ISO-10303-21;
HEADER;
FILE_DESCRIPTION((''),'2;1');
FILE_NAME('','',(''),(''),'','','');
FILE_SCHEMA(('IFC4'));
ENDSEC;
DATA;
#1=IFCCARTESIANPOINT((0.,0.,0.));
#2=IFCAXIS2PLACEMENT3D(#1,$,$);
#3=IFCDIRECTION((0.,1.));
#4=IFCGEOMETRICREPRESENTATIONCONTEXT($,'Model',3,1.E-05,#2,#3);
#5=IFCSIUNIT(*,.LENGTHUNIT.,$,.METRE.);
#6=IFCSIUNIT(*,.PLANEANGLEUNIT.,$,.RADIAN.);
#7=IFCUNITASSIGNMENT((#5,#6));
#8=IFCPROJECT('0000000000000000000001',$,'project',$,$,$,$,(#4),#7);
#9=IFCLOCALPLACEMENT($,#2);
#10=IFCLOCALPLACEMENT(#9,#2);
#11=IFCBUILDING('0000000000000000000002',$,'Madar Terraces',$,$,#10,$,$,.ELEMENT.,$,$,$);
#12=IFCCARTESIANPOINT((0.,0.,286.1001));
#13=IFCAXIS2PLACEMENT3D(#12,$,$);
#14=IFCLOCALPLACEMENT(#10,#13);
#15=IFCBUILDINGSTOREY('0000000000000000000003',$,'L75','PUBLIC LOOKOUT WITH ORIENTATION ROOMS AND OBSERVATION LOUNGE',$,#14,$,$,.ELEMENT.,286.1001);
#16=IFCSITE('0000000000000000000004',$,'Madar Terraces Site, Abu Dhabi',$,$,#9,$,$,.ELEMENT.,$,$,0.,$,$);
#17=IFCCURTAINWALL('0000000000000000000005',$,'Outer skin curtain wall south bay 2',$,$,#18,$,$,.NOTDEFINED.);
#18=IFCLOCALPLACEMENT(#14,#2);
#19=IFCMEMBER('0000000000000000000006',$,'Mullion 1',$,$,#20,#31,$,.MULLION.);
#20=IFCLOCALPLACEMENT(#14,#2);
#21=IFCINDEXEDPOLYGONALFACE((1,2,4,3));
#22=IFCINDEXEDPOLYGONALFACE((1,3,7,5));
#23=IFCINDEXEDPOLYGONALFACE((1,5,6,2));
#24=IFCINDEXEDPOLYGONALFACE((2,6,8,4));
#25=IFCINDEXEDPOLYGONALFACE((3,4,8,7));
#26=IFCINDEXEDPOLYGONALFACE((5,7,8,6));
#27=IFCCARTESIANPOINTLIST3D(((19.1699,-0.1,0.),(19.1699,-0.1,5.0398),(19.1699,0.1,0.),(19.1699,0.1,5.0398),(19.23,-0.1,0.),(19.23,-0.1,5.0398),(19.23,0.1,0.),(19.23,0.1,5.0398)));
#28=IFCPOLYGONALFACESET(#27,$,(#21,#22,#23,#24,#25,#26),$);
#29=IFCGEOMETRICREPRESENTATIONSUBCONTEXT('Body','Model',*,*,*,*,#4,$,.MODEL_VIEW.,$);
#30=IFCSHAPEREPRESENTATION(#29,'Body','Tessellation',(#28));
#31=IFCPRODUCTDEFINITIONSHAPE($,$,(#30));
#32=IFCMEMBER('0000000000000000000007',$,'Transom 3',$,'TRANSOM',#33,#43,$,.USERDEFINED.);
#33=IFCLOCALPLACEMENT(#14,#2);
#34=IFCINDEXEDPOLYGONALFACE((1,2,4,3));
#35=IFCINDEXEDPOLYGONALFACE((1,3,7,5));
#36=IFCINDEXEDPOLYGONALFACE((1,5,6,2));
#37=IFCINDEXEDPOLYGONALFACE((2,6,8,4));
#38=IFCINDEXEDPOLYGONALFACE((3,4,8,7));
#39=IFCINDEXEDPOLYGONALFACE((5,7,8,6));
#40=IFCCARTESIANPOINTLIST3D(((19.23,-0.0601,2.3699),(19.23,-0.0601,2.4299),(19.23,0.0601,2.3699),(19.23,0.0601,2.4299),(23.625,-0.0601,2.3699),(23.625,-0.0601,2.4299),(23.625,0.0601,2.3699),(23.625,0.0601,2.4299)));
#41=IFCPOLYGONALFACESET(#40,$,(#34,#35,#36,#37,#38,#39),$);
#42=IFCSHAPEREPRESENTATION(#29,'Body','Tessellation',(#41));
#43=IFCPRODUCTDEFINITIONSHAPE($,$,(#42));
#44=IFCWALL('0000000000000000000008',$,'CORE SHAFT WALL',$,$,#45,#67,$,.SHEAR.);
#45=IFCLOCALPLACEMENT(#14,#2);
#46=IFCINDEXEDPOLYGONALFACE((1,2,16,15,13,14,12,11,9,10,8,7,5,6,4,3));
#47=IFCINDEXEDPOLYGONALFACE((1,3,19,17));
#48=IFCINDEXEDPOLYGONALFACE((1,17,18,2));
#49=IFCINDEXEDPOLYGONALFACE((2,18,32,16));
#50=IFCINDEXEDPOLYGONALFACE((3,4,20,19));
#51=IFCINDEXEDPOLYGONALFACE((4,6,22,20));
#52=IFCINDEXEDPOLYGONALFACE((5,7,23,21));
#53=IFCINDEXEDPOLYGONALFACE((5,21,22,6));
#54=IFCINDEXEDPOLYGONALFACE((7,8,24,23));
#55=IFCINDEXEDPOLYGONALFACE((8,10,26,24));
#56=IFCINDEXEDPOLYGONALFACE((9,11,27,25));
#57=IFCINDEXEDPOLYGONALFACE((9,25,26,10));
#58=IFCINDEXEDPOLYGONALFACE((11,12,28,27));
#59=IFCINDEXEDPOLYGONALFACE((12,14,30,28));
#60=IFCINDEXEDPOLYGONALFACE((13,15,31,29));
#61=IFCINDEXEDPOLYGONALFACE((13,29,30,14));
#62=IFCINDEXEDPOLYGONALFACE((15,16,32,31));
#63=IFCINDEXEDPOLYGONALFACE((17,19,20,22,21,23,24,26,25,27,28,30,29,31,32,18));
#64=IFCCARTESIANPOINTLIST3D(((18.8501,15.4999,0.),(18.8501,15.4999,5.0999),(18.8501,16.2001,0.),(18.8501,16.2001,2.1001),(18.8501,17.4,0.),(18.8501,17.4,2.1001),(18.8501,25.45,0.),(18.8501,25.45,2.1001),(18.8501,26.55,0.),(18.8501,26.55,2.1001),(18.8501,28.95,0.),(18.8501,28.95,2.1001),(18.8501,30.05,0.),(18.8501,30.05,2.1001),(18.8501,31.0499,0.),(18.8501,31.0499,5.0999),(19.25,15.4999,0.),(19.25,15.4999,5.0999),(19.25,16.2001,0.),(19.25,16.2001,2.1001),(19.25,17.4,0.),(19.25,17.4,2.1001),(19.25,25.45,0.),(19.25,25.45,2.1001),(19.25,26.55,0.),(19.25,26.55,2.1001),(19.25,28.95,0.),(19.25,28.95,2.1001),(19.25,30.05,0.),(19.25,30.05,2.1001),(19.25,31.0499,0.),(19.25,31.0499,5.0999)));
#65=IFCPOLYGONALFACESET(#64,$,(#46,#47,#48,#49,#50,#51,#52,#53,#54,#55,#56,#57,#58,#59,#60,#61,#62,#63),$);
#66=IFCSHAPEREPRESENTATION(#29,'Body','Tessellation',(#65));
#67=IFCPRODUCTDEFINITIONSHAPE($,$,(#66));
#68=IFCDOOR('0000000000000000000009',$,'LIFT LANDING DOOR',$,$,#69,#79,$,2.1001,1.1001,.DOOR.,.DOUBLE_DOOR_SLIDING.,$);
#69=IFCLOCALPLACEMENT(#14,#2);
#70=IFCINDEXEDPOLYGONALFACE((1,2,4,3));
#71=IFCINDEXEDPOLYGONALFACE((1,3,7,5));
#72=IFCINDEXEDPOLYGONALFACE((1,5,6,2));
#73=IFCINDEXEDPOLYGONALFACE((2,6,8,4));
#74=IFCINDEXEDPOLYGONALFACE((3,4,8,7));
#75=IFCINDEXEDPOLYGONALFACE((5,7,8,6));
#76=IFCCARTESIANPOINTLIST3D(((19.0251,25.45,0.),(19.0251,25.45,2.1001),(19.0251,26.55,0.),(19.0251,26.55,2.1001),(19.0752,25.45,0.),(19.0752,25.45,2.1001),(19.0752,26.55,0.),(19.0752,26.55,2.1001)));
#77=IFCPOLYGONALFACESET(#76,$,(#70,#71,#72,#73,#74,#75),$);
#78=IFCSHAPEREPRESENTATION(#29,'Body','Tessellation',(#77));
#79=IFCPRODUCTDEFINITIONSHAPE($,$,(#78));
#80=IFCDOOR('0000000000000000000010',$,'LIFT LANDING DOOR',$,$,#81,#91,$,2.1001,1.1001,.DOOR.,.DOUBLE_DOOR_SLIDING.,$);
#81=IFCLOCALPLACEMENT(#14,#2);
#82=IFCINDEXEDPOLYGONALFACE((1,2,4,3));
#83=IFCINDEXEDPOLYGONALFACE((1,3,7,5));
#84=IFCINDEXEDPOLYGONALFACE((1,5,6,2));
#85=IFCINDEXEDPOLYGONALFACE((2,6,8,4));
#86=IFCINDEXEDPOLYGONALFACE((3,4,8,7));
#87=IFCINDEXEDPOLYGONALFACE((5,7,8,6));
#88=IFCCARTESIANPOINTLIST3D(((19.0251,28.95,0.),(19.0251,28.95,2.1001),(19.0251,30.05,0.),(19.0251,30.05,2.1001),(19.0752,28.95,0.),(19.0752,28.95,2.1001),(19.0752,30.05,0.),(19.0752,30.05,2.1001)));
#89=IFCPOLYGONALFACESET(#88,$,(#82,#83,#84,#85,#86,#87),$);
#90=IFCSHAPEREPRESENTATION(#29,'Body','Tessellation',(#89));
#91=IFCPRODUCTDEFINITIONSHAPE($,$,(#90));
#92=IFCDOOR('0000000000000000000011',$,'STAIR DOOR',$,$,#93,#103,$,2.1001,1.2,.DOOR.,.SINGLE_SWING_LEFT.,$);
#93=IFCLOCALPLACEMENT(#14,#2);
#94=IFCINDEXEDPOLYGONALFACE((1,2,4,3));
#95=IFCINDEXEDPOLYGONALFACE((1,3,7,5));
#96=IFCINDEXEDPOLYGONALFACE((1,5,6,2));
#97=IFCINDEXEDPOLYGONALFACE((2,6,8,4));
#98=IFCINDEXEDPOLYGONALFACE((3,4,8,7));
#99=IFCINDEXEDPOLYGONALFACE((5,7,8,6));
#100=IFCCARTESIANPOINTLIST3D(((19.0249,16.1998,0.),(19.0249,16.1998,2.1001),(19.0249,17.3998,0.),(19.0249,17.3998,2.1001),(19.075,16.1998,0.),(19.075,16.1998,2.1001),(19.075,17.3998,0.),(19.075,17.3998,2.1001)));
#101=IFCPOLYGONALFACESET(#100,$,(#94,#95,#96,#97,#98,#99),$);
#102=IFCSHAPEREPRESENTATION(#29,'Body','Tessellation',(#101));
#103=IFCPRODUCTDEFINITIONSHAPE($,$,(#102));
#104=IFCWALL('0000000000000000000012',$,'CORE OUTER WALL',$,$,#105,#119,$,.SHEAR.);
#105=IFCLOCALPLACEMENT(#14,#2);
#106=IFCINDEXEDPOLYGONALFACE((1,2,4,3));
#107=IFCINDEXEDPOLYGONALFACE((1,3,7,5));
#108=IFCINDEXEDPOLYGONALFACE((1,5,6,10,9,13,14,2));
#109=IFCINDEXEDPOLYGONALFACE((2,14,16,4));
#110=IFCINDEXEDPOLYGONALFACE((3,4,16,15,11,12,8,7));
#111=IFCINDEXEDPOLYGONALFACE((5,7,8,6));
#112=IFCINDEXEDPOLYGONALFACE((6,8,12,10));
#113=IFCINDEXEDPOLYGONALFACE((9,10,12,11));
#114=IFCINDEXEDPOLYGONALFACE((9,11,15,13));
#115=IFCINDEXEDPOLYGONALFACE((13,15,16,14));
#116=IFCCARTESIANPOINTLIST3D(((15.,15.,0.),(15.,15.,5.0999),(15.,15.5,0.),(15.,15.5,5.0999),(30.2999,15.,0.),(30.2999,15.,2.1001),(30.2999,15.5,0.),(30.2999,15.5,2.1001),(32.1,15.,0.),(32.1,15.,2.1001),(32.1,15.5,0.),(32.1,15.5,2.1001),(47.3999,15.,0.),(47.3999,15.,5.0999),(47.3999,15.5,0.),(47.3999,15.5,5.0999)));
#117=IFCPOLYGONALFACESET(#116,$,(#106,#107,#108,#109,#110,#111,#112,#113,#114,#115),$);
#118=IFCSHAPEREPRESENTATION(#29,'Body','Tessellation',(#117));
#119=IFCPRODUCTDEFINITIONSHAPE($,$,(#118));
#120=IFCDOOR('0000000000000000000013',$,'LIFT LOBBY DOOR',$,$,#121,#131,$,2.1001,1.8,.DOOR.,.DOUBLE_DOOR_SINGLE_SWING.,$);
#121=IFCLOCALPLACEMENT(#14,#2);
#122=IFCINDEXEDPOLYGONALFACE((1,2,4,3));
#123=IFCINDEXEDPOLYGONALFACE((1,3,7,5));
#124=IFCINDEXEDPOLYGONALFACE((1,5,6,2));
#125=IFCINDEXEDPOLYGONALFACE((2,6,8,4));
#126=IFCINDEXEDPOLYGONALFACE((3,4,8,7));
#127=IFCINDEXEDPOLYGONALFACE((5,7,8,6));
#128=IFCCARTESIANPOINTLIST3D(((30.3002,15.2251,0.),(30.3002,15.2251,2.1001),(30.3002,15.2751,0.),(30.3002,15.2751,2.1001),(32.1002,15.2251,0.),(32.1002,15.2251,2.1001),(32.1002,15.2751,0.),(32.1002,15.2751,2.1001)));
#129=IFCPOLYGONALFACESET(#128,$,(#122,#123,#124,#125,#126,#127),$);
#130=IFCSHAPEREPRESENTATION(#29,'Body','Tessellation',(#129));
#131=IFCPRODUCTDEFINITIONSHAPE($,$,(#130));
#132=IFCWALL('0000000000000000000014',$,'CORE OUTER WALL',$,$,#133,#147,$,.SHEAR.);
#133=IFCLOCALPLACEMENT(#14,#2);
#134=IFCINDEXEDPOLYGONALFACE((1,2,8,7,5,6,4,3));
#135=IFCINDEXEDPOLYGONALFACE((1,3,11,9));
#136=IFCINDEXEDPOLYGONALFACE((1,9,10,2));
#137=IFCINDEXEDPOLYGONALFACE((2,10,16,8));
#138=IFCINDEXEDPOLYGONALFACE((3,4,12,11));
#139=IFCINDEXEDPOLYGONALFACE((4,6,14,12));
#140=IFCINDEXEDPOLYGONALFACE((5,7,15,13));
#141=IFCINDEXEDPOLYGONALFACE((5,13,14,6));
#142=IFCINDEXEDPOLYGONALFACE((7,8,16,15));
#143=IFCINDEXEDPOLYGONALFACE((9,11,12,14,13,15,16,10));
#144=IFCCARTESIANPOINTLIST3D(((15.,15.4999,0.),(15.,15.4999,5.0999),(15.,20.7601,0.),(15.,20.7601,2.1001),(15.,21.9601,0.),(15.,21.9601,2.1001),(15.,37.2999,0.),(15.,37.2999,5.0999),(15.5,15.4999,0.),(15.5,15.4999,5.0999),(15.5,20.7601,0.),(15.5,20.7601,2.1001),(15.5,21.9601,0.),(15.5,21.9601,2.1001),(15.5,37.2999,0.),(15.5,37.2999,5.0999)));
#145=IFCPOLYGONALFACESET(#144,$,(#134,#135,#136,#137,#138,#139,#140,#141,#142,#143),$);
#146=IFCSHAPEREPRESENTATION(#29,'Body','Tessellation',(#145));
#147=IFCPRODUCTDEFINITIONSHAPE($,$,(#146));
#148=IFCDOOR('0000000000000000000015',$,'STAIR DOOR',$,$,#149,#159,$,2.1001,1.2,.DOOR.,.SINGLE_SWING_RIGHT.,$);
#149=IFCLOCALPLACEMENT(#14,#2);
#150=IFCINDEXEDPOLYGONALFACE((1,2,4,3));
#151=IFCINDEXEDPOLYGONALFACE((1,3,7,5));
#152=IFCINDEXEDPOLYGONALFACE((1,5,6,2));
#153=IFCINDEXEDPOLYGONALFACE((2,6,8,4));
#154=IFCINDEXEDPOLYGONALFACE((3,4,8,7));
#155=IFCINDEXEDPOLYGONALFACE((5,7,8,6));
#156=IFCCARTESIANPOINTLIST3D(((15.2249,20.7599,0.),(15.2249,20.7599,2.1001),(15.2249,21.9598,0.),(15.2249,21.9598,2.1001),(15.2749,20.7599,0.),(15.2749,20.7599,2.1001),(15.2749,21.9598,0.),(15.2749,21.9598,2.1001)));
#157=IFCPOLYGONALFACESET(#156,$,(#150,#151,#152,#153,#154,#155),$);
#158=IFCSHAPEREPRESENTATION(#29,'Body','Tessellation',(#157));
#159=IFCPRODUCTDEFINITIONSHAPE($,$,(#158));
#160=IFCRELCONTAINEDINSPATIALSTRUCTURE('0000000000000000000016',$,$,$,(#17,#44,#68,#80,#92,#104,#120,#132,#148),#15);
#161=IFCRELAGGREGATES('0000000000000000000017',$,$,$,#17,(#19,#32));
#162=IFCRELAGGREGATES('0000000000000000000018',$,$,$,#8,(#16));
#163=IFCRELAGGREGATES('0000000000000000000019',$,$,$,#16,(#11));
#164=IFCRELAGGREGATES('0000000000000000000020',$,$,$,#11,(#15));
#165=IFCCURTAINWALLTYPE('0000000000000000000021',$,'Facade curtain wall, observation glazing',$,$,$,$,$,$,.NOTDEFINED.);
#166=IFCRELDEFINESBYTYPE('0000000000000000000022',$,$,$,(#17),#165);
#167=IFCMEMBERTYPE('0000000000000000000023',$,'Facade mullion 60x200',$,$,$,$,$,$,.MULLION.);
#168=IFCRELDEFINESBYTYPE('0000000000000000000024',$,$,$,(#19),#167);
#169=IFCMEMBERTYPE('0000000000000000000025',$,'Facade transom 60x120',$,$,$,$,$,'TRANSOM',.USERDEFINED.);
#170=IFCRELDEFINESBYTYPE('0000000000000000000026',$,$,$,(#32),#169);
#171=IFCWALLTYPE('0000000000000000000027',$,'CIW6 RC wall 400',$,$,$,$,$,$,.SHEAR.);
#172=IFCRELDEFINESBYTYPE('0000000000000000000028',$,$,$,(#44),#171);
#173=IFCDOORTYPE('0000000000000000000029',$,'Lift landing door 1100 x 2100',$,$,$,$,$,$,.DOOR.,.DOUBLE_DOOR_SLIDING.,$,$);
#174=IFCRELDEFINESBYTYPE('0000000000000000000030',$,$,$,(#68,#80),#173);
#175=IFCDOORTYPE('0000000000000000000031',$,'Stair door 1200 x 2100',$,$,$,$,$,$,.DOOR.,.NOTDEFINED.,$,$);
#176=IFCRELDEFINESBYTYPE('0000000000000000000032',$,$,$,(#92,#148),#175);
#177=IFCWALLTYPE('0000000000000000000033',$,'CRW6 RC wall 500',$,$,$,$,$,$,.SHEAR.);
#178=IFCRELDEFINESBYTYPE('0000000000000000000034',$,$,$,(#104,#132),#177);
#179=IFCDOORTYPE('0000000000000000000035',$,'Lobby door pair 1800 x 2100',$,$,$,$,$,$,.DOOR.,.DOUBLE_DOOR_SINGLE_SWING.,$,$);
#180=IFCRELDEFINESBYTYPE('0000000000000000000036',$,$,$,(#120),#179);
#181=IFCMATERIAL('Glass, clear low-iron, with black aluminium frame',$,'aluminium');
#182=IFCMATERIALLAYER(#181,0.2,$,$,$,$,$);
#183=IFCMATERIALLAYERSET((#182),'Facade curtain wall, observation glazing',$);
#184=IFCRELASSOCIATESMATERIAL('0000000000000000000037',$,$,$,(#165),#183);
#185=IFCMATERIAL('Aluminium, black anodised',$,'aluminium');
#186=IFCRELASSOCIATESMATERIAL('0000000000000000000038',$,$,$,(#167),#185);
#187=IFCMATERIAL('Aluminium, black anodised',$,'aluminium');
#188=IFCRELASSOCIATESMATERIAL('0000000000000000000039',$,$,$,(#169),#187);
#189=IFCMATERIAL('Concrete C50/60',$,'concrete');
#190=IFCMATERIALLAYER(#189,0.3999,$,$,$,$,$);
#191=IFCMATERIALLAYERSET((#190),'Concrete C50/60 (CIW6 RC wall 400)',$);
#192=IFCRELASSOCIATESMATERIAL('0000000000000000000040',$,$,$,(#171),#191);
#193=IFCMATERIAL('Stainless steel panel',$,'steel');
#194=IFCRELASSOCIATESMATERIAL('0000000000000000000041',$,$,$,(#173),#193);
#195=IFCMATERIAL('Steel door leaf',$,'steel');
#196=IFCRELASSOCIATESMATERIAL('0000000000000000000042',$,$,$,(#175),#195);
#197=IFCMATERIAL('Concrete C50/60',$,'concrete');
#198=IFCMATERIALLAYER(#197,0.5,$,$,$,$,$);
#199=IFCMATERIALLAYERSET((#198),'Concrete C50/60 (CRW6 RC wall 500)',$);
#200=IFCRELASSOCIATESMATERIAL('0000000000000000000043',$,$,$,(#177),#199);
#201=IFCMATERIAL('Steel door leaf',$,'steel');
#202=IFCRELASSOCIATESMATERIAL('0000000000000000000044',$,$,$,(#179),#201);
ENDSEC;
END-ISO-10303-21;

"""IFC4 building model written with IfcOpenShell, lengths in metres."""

from ifc_helpers import new_model, si_unit, direction, frame, frame_2d, origin, origin_2d, place, context, subcontext, project, spatial, rectangle, extrude, material, layer, layer_set, material_profile, profile_set, type_object, element, fill, aggregate, save


model = new_model("IFC4")

# Units and contexts
model_context = context("Model", 3, precision=1e-05, world=origin(), true_north=direction((0.0, 1.0)))
body_context = subcontext(model_context, "Body", "Model", "MODEL_VIEW")
ifc_project = project(units=[si_unit("LENGTHUNIT", "METRE"), si_unit("PLANEANGLEUNIT", "RADIAN")], contexts=[model_context])

# Site, building, storey
site_placement = place(None, origin())
site = spatial("IfcSite", under=ifc_project, at=site_placement, Name="Madar Terraces Site, Abu Dhabi", CompositionType="ELEMENT", RefElevation=0.0)
building_placement = place(site_placement, origin())
building = spatial("IfcBuilding", under=site, at=building_placement, Name="Madar Terraces", CompositionType="ELEMENT")
storey_placement = place(building_placement, frame((0.0, 0.0, 286.1001)))
storey = spatial("IfcBuildingStorey", under=building, at=storey_placement, Name="L75", Description="PUBLIC LOOKOUT WITH ORIENTATION ROOMS AND OBSERVATION LOUNGE", CompositionType="ELEMENT", Elevation=286.1001)

# Curtain wall, members
ifc_material_1 = material(Name="Glass, clear low-iron, with black aluminium frame", Category="aluminium")
ifc_layer_1 = layer(ifc_material_1, 0.2)
ifc_layer_set_1 = layer_set([ifc_layer_1], Name="Facade curtain wall, observation glazing")
curtain_wall_type = type_object("IfcCurtainWallType", Name="Facade curtain wall, observation glazing", PredefinedType="NOTDEFINED", material=ifc_layer_set_1)
curtain_wall_placement = place(storey_placement, origin())
curtain_wall = element("IfcCurtainWall", 1, at=curtain_wall_placement, inside=storey, type_object=curtain_wall_type, Name="Outer skin curtain wall south bay 2", PredefinedType="NOTDEFINED")
ifc_material_2 = material(Name="Aluminium, black anodised", Category="aluminium")
ifc_material_profile_1 = material_profile(ifc_material_2, rectangle(XDim=0.2, YDim=0.0601, at=origin_2d()), Name="Facade mullion 60x200")
ifc_profile_set_1 = profile_set([ifc_material_profile_1], Name="Aluminium, black anodised")
member_type_1 = type_object("IfcMemberType", Name="Facade mullion 60x200", PredefinedType="MULLION", material=ifc_profile_set_1)
member_1_placement = place(storey_placement, frame((19.2, 0.0, 0.0), z_axis=(0.0, 0.0, 1.0), x_axis=(0.0, 1.0, 0.0)))
member_1 = element("IfcMember", 2, at=member_1_placement, type_object=member_type_1, Name="Mullion 1", PredefinedType="MULLION", context=body_context, shape_type="SweptSolid", body=[
    extrude(rectangle(XDim=0.2, YDim=0.0601, at=origin_2d()), origin(), (0.0, 0.0, 1.0), 5.0398),
])
ifc_material_3 = material(Name="Aluminium, black anodised", Category="aluminium")
ifc_material_profile_2 = material_profile(ifc_material_3, rectangle(XDim=0.1201, YDim=0.0601, at=origin_2d()), Name="Facade transom 60x120")
ifc_profile_set_2 = profile_set([ifc_material_profile_2], Name="Aluminium, black anodised")
member_type_2 = type_object("IfcMemberType", Name="Facade transom 60x120", ElementType="TRANSOM", PredefinedType="USERDEFINED", material=ifc_profile_set_2)
member_2_placement = place(storey_placement, frame((19.23, 0.0, 2.3999), z_axis=(1.0, 0.0, 0.0), x_axis=(0.0, 1.0, 0.0)))
member_2 = element("IfcMember", 3, at=member_2_placement, type_object=member_type_2, Name="Transom 3", ObjectType="TRANSOM", PredefinedType="USERDEFINED", context=body_context, shape_type="SweptSolid", body=[
    extrude(rectangle(XDim=0.1201, YDim=0.0601, at=origin_2d()), origin(), (0.0, 0.0, 1.0), 4.395),
])
aggregate(curtain_wall, [member_1, member_2])

# Wall, openings, doors
ifc_material_4 = material(Name="Concrete C50/60", Category="concrete")
ifc_layer_2 = layer(ifc_material_4, 0.3999)
ifc_layer_set_2 = layer_set([ifc_layer_2], Name="Concrete C50/60 (CIW6 RC wall 400)")
wall_type_1 = type_object("IfcWallType", Name="CIW6 RC wall 400", PredefinedType="SHEAR", material=ifc_layer_set_2)
wall_1_placement = place(storey_placement, frame((19.05, 15.5, 0.0), z_axis=(0.0, 0.0, 1.0), x_axis=(0.0, 1.0, 0.0)))
wall_1 = element("IfcWall", 4, at=wall_1_placement, inside=storey, type_object=wall_type_1, Name="CORE SHAFT WALL", PredefinedType="SHEAR", context=body_context, shape_type="SweptSolid", body=[
    extrude(rectangle(XDim=15.55, YDim=0.3999, at=frame_2d((7.7749, 0.0))), origin(), (0.0, 0.0, 1.0), 5.0999),
])
opening_1_placement = place(wall_1_placement, frame((9.95, 0.0, 0.0)))
opening_1 = element("IfcOpeningElement", 5, at=opening_1_placement, cuts=wall_1, PredefinedType="OPENING", context=body_context, shape_type="SweptSolid", body=[
    extrude(rectangle(XDim=1.1001, YDim=2.1001, at=frame_2d((0.55, 1.05))), frame((0.0, 0.21, 0.0), z_axis=(0.0, -1.0, 0.0), x_axis=(1.0, 0.0, 0.0)), (0.0, 0.0, 1.0), 0.4199),
])
opening_2_placement = place(wall_1_placement, frame((13.45, 0.0, 0.0)))
opening_2 = element("IfcOpeningElement", 6, at=opening_2_placement, cuts=wall_1, PredefinedType="OPENING", context=body_context, shape_type="SweptSolid", body=[
    extrude(rectangle(XDim=1.1001, YDim=2.1001, at=frame_2d((0.55, 1.05))), frame((0.0, 0.21, 0.0), z_axis=(0.0, -1.0, 0.0), x_axis=(1.0, 0.0, 0.0)), (0.0, 0.0, 1.0), 0.4199),
])
opening_3_placement = place(wall_1_placement, frame((0.7, 0.0, 0.0)))
opening_3 = element("IfcOpeningElement", 7, at=opening_3_placement, cuts=wall_1, PredefinedType="OPENING", context=body_context, shape_type="SweptSolid", body=[
    extrude(rectangle(XDim=1.2, YDim=2.1001, at=frame_2d((0.6001, 1.05))), frame((0.0, 0.21, 0.0), z_axis=(0.0, -1.0, 0.0), x_axis=(1.0, 0.0, 0.0)), (0.0, 0.0, 1.0), 0.4199),
])
ifc_material_5 = material(Name="Stainless steel panel", Category="steel")
door_type_1 = type_object("IfcDoorType", Name="Lift landing door 1100 x 2100", OperationType="DOUBLE_DOOR_SLIDING", PredefinedType="DOOR", material=ifc_material_5)
door_1_placement = place(opening_1_placement, origin())
door_1 = element("IfcDoor", 8, at=door_1_placement, inside=storey, type_object=door_type_1, Name="LIFT LANDING DOOR", OperationType="DOUBLE_DOOR_SLIDING", OverallHeight=2.1001, OverallWidth=1.1001, PredefinedType="DOOR", context=body_context, shape_type="SweptSolid", body=[
    extrude(rectangle(XDim=1.1001, YDim=2.1001, at=frame_2d((0.55, 1.05))), frame((0.0, 0.0249, 0.0), z_axis=(0.0, -1.0, 0.0), x_axis=(1.0, 0.0, 0.0)), (0.0, 0.0, 1.0), 0.05),
])
fill(opening_1, door_1)
door_2_placement = place(opening_2_placement, origin())
door_2 = element("IfcDoor", 9, at=door_2_placement, inside=storey, type_object=door_type_1, Name="LIFT LANDING DOOR", OperationType="DOUBLE_DOOR_SLIDING", OverallHeight=2.1001, OverallWidth=1.1001, PredefinedType="DOOR", context=body_context, shape_type="SweptSolid", body=[
    extrude(rectangle(XDim=1.1001, YDim=2.1001, at=frame_2d((0.55, 1.05))), frame((0.0, 0.0249, 0.0), z_axis=(0.0, -1.0, 0.0), x_axis=(1.0, 0.0, 0.0)), (0.0, 0.0, 1.0), 0.05),
])
fill(opening_2, door_2)
ifc_material_6 = material(Name="Steel door leaf", Category="steel")
door_type_2 = type_object("IfcDoorType", Name="Stair door 1200 x 2100", OperationType="NOTDEFINED", PredefinedType="DOOR", material=ifc_material_6)
door_3_placement = place(opening_3_placement, frame((1.2, 0.0, 0.0), z_axis=(0.0, 0.0, 1.0), x_axis=(-1.0, 0.0, 0.0)))
door_3 = element("IfcDoor", 10, at=door_3_placement, inside=storey, type_object=door_type_2, Name="STAIR DOOR", OperationType="SINGLE_SWING_LEFT", OverallHeight=2.1001, OverallWidth=1.2, PredefinedType="DOOR", context=body_context, shape_type="SweptSolid", body=[
    extrude(rectangle(XDim=1.2, YDim=2.1001, at=frame_2d((0.6001, 1.05))), frame((0.0, 0.0249, 0.0), z_axis=(0.0, -1.0, 0.0), x_axis=(1.0, 0.0, 0.0)), (0.0, 0.0, 1.0), 0.05),
])
fill(opening_3, door_3)

# Walls, openings, doors
ifc_material_7 = material(Name="Concrete C50/60", Category="concrete")
ifc_layer_3 = layer(ifc_material_7, 0.5)
ifc_layer_set_3 = layer_set([ifc_layer_3], Name="Concrete C50/60 (CRW6 RC wall 500)")
wall_type_2 = type_object("IfcWallType", Name="CRW6 RC wall 500", PredefinedType="SHEAR", material=ifc_layer_set_3)
wall_2_placement = place(storey_placement, frame((15.0, 15.25, 0.0), z_axis=(0.0, 0.0, 1.0), x_axis=(1.0, 0.0, 0.0)))
wall_2 = element("IfcWall", 11, at=wall_2_placement, inside=storey, type_object=wall_type_2, Name="CORE OUTER WALL", PredefinedType="SHEAR", context=body_context, shape_type="SweptSolid", body=[
    extrude(rectangle(XDim=32.3999, YDim=0.5, at=frame_2d((16.2, 0.0))), origin(), (0.0, 0.0, 1.0), 5.0999),
])
opening_4_placement = place(wall_2_placement, frame((15.3, 0.0, 0.0)))
opening_4 = element("IfcOpeningElement", 12, at=opening_4_placement, cuts=wall_2, PredefinedType="OPENING", context=body_context, shape_type="SweptSolid", body=[
    extrude(rectangle(XDim=1.8, YDim=2.1001, at=frame_2d((0.8999, 1.05))), frame((0.0, 0.26, 0.0), z_axis=(0.0, -1.0, 0.0), x_axis=(1.0, 0.0, 0.0)), (0.0, 0.0, 1.0), 0.52),
])
ifc_material_8 = material(Name="Steel door leaf", Category="steel")
door_type_3 = type_object("IfcDoorType", Name="Lobby door pair 1800 x 2100", OperationType="DOUBLE_DOOR_SINGLE_SWING", PredefinedType="DOOR", material=ifc_material_8)
door_4_placement = place(opening_4_placement, frame((1.8, 0.0, 0.0), z_axis=(0.0, 0.0, 1.0), x_axis=(-1.0, 0.0, 0.0)))
door_4 = element("IfcDoor", 13, at=door_4_placement, inside=storey, type_object=door_type_3, Name="LIFT LOBBY DOOR", OperationType="DOUBLE_DOOR_SINGLE_SWING", OverallHeight=2.1001, OverallWidth=1.8, PredefinedType="DOOR", context=body_context, shape_type="SweptSolid", body=[
    extrude(rectangle(XDim=1.8, YDim=2.1001, at=frame_2d((0.8999, 1.05))), frame((0.0, 0.0249, 0.0), z_axis=(0.0, -1.0, 0.0), x_axis=(1.0, 0.0, 0.0)), (0.0, 0.0, 1.0), 0.05),
])
fill(opening_4, door_4)
wall_3_placement = place(storey_placement, frame((15.25, 15.5, 0.0), z_axis=(0.0, 0.0, 1.0), x_axis=(0.0, 1.0, 0.0)))
wall_3 = element("IfcWall", 14, at=wall_3_placement, inside=storey, type_object=wall_type_2, Name="CORE OUTER WALL", PredefinedType="SHEAR", context=body_context, shape_type="SweptSolid", body=[
    extrude(rectangle(XDim=21.8, YDim=0.5, at=frame_2d((10.8999, 0.0))), origin(), (0.0, 0.0, 1.0), 5.0999),
])
opening_5_placement = place(wall_3_placement, frame((5.26, 0.0, 0.0)))
opening_5 = element("IfcOpeningElement", 15, at=opening_5_placement, cuts=wall_3, PredefinedType="OPENING", context=body_context, shape_type="SweptSolid", body=[
    extrude(rectangle(XDim=1.2, YDim=2.1001, at=frame_2d((0.6001, 1.05))), frame((0.0, 0.26, 0.0), z_axis=(0.0, -1.0, 0.0), x_axis=(1.0, 0.0, 0.0)), (0.0, 0.0, 1.0), 0.52),
])
door_5_placement = place(opening_5_placement, frame((1.2, 0.0, 0.0), z_axis=(0.0, 0.0, 1.0), x_axis=(-1.0, 0.0, 0.0)))
door_5 = element("IfcDoor", 16, at=door_5_placement, inside=storey, type_object=door_type_2, Name="STAIR DOOR", OperationType="SINGLE_SWING_RIGHT", OverallHeight=2.1001, OverallWidth=1.2, PredefinedType="DOOR", context=body_context, shape_type="SweptSolid", body=[
    extrude(rectangle(XDim=1.2, YDim=2.1001, at=frame_2d((0.6001, 1.05))), frame((0.0, 0.0249, 0.0), z_axis=(0.0, -1.0, 0.0), x_axis=(1.0, 0.0, 0.0)), (0.0, 0.0, 1.0), 0.05),
])
fill(opening_5, door_5)

save(model, "model.ifc")
